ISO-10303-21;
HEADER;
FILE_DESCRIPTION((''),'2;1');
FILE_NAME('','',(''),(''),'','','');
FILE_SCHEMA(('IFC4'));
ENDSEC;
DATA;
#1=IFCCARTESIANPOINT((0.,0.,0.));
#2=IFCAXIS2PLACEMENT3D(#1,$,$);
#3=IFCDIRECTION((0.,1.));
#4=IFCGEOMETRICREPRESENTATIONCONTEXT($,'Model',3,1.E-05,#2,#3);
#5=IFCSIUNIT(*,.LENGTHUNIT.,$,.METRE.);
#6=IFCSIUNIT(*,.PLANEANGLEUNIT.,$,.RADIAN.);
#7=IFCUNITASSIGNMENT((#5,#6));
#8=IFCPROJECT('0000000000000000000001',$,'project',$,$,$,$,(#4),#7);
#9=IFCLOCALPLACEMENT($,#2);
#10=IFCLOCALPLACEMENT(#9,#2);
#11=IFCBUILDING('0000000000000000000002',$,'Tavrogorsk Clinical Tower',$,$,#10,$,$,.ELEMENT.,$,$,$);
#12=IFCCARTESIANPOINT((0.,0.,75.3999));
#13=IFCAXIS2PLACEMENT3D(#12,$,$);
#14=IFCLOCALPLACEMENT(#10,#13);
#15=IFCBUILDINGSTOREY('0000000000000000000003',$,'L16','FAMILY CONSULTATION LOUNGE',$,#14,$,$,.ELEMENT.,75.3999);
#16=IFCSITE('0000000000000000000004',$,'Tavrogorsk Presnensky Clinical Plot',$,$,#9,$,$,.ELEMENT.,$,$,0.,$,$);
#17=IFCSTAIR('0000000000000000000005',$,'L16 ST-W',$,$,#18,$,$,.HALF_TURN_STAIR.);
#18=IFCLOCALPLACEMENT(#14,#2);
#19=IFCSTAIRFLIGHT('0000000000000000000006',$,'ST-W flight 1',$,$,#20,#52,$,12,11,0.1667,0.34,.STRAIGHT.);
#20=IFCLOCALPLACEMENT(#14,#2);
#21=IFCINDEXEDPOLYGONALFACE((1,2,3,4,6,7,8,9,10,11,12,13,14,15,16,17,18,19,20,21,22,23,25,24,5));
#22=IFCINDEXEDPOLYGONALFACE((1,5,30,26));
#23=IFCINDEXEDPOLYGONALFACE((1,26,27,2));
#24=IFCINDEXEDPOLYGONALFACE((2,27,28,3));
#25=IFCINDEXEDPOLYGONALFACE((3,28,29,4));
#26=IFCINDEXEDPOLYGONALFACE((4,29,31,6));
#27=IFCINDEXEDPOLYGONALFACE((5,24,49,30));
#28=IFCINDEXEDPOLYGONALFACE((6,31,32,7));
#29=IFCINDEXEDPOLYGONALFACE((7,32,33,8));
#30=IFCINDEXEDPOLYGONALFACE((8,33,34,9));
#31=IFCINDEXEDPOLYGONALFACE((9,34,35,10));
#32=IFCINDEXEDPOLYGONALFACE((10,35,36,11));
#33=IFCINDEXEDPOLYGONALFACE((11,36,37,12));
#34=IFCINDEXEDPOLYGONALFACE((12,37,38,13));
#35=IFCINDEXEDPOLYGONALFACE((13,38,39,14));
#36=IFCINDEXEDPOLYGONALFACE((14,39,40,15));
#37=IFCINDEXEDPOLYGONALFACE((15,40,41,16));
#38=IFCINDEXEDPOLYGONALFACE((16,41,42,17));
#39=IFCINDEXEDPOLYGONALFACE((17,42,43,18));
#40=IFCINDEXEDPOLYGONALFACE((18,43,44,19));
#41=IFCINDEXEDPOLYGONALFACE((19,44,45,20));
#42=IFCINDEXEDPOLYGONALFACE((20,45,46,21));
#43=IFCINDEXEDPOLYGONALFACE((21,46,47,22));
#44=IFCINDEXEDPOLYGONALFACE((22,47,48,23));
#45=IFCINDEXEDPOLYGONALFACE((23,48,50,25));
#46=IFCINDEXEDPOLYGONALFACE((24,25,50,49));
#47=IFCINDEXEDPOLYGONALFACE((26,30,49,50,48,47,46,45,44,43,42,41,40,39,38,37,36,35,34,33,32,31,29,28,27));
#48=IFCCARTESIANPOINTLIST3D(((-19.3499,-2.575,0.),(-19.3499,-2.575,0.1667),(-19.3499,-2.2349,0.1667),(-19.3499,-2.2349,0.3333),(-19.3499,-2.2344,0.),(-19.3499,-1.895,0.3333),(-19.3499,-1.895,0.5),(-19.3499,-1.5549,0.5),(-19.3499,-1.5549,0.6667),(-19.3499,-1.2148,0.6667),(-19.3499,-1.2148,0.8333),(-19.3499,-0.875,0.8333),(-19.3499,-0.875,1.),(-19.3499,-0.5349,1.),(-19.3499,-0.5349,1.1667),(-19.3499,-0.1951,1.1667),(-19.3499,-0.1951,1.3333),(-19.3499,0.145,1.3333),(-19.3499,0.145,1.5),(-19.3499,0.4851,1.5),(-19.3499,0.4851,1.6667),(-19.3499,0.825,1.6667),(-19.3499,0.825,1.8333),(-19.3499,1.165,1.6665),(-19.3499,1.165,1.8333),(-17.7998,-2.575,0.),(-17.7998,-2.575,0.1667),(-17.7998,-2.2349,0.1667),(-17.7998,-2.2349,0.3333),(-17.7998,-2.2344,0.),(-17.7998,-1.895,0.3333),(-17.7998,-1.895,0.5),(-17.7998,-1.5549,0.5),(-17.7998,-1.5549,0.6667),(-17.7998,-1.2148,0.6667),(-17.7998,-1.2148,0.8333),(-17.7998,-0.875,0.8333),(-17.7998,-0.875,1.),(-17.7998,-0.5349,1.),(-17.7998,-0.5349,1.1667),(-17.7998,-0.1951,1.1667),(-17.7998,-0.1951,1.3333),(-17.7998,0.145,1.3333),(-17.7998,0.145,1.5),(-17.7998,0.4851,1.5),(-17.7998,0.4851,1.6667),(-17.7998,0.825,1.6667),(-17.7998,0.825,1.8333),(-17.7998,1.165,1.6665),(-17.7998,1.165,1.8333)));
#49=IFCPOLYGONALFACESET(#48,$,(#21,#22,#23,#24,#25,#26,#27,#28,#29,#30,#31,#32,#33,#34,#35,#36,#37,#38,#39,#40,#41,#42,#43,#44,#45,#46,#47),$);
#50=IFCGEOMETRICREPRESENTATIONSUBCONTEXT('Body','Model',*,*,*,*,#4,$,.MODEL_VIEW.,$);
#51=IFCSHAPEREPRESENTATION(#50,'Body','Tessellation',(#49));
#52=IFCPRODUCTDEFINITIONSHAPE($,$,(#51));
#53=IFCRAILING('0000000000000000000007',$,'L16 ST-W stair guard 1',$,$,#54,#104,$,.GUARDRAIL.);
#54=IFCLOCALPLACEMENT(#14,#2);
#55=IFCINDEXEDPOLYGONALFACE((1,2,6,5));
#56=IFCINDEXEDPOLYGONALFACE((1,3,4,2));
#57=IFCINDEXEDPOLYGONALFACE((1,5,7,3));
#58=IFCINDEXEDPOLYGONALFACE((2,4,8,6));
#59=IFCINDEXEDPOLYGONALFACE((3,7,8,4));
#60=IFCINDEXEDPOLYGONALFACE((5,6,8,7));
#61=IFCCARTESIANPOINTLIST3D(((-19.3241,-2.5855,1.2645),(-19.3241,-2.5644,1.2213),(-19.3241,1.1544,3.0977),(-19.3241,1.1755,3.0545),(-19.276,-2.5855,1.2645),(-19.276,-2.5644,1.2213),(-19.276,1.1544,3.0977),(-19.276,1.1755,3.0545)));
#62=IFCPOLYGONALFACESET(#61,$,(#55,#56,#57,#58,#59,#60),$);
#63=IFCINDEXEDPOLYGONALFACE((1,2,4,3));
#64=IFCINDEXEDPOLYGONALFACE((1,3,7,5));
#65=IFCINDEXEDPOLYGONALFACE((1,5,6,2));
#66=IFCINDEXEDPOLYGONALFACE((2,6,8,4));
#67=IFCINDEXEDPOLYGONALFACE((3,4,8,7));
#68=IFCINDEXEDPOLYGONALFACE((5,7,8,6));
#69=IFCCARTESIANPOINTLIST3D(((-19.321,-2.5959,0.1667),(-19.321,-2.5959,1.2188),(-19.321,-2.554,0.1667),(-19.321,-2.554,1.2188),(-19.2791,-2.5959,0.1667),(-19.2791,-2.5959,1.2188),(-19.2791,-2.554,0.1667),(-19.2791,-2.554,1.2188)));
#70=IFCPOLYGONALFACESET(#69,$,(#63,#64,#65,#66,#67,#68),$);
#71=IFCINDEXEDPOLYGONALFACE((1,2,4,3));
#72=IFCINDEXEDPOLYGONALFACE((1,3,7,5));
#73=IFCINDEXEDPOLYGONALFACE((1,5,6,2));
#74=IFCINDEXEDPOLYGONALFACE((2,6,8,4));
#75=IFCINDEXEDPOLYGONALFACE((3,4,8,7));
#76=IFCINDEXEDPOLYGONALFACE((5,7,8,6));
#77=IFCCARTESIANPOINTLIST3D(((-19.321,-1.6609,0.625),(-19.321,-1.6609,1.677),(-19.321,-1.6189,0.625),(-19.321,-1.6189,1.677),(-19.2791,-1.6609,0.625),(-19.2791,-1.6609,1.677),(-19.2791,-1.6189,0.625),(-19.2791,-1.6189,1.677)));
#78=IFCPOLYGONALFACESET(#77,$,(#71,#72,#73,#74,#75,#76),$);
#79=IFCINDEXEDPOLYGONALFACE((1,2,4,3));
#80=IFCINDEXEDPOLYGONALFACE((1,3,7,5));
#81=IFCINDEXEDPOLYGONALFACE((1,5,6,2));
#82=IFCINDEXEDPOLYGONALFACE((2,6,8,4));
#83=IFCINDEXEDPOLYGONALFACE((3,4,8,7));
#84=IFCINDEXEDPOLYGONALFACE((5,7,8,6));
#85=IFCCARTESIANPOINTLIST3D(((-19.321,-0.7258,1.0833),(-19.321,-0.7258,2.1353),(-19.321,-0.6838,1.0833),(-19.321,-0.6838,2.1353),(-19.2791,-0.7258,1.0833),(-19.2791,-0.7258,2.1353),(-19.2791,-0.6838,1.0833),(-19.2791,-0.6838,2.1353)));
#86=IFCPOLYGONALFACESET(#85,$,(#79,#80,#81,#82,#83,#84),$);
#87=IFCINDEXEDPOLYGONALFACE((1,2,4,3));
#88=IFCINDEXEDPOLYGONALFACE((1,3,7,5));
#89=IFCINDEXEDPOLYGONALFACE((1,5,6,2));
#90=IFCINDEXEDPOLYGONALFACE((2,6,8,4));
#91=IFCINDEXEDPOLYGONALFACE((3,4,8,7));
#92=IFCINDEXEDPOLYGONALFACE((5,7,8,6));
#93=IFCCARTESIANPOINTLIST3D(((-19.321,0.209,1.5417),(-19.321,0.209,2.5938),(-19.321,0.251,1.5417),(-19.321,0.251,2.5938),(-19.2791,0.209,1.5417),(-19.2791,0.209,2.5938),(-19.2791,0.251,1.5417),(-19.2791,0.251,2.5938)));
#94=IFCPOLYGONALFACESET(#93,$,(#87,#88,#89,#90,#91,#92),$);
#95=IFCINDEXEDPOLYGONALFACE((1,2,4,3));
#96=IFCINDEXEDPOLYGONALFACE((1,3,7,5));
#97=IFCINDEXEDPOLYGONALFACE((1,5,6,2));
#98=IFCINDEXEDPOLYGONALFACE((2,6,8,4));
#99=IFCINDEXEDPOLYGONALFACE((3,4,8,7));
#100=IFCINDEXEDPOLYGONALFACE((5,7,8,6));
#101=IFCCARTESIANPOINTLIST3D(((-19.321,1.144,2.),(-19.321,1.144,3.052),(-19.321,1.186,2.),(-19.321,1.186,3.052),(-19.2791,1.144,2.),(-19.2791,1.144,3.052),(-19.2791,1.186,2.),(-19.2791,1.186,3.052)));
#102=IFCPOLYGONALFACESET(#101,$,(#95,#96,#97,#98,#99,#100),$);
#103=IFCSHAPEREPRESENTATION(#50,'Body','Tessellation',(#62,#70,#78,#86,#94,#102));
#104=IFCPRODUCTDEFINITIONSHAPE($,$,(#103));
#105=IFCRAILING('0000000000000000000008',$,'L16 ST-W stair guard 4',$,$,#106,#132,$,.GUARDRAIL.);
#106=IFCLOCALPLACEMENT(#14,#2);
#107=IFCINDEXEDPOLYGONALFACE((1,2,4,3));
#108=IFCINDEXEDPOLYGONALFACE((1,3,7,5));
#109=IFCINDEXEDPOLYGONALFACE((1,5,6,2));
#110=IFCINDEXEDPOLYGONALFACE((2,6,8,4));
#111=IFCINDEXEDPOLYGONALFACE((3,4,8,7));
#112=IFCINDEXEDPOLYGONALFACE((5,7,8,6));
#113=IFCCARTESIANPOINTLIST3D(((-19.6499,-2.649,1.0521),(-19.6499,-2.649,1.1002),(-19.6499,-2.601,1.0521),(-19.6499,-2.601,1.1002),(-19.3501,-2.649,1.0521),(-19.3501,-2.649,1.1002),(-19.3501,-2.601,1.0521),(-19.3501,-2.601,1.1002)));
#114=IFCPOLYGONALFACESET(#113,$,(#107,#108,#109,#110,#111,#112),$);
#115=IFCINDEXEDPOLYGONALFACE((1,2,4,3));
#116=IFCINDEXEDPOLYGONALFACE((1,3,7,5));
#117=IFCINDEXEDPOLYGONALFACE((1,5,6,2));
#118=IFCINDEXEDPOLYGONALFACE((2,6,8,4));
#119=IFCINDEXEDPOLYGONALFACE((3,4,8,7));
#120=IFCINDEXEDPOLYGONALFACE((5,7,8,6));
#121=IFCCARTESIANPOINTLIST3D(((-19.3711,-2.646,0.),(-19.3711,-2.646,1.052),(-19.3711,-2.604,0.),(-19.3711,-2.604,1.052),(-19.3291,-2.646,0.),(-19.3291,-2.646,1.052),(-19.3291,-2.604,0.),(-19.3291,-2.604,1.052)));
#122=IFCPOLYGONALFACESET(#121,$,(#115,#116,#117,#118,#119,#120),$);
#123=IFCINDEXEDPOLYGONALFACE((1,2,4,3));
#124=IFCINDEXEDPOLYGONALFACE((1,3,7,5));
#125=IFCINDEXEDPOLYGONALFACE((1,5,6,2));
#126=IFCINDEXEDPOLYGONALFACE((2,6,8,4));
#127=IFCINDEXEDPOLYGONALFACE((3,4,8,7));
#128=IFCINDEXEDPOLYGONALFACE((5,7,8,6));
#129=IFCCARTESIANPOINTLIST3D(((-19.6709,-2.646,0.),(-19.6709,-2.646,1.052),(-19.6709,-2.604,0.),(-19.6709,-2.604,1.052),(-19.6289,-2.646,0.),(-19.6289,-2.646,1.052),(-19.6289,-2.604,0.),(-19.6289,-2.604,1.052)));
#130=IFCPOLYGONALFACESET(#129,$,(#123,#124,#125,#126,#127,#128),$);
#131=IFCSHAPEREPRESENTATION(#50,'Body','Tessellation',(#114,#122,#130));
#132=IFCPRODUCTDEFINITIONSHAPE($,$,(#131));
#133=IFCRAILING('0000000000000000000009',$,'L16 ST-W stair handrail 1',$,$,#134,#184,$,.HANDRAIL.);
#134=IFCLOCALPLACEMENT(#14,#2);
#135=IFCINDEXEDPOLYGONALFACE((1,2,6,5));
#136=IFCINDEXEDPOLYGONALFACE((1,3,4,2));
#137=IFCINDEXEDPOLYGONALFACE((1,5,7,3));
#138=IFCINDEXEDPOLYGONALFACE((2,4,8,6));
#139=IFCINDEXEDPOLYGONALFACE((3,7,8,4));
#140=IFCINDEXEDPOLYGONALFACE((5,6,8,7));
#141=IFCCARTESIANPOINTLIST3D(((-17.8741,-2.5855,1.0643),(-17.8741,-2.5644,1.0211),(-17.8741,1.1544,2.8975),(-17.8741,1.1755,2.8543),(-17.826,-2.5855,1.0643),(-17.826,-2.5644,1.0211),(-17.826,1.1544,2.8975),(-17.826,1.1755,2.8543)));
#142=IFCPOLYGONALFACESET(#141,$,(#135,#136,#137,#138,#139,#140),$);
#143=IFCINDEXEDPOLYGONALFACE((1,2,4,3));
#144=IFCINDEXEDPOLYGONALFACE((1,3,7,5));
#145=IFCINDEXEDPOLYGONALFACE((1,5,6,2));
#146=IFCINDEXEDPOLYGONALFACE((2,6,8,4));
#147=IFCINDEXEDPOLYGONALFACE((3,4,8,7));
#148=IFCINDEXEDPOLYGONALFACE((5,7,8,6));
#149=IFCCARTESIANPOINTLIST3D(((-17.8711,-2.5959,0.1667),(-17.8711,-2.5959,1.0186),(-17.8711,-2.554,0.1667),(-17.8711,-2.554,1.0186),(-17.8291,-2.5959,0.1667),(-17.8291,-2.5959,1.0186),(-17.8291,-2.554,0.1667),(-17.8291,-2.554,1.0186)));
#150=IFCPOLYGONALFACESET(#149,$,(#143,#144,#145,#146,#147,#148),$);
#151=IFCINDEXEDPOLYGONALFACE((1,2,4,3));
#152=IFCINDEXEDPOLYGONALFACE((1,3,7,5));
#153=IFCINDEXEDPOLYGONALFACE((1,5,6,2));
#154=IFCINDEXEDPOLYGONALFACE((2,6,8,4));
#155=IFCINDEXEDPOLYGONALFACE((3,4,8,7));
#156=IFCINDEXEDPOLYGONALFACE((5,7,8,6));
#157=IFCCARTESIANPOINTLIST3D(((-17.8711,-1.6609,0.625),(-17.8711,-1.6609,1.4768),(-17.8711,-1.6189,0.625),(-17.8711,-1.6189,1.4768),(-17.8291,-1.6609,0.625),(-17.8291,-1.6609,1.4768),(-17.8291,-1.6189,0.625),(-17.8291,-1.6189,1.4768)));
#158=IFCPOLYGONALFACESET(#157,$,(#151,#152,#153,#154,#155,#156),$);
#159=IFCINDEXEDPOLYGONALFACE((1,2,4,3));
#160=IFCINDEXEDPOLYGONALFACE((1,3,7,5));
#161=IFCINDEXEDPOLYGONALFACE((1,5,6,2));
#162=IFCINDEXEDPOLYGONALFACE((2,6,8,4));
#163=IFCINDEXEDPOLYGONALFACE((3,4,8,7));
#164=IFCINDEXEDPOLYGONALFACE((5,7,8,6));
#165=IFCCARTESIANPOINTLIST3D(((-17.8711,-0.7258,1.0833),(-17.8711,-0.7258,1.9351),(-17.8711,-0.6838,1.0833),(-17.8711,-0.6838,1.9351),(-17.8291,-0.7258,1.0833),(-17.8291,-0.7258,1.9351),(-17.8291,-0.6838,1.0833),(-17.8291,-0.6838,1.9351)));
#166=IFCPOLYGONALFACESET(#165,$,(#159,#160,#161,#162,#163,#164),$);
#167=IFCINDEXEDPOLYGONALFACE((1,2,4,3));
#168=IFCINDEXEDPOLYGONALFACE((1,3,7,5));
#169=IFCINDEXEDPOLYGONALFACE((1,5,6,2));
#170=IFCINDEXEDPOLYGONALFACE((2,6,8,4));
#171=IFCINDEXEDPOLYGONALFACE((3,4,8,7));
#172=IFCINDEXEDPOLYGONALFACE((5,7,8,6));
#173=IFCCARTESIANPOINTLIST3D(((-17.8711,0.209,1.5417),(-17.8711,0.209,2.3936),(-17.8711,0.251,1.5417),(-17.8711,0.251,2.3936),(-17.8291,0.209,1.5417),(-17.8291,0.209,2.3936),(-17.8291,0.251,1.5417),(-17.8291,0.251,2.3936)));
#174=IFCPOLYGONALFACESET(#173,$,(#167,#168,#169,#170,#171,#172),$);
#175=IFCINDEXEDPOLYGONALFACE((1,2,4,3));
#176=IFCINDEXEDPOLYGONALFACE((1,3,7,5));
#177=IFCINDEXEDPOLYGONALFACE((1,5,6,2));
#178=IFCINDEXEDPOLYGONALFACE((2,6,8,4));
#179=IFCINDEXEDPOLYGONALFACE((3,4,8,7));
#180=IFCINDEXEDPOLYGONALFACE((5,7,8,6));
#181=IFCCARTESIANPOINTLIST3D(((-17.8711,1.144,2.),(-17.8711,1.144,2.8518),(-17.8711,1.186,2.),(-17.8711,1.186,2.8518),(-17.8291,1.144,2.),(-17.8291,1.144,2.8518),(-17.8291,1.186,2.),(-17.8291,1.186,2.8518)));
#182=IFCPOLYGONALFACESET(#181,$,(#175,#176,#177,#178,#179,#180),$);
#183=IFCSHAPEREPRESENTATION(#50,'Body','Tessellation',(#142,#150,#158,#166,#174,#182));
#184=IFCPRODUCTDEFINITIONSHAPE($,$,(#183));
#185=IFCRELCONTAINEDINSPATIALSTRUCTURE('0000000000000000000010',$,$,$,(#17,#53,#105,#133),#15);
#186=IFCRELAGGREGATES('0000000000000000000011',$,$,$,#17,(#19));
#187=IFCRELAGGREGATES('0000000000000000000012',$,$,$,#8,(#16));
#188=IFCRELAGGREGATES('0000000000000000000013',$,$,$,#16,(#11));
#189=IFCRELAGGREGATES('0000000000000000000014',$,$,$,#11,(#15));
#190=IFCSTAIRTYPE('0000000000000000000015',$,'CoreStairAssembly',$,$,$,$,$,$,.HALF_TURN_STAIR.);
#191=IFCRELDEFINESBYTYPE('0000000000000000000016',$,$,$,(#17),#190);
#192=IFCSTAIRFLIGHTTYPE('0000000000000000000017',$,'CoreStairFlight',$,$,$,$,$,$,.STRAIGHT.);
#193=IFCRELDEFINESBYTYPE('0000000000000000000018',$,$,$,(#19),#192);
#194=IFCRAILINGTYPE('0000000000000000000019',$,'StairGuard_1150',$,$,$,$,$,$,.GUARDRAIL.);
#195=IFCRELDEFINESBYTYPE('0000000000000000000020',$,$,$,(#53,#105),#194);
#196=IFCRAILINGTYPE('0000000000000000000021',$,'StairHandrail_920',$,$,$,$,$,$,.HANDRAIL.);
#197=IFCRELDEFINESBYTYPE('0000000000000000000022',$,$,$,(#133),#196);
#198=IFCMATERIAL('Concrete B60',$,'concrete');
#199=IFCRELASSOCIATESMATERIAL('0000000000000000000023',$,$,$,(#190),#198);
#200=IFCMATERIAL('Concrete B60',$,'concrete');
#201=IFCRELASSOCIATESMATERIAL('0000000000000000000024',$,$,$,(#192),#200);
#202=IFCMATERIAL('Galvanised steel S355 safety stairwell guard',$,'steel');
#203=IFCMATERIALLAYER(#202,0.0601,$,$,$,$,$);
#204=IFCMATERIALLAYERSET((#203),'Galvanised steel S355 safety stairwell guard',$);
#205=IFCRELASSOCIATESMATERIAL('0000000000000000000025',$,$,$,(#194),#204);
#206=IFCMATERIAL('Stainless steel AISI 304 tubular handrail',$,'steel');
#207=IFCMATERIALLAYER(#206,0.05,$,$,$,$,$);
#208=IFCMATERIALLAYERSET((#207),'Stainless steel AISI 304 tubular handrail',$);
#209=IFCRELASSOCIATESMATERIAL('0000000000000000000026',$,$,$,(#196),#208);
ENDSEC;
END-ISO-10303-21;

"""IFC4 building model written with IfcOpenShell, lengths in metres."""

from ifc_helpers import new_model, si_unit, direction, frame, origin, origin_2d, place, context, subcontext, project, spatial, polyline, rectangle, outline, extrude, material, layer, layer_set, type_object, element, aggregate, save


model = new_model("IFC4")

# Units and contexts
model_context = context("Model", 3, precision=1e-05, world=origin(), true_north=direction((0.0, 1.0)))
body_context = subcontext(model_context, "Body", "Model", "MODEL_VIEW")
ifc_project = project(units=[si_unit("LENGTHUNIT", "METRE"), si_unit("PLANEANGLEUNIT", "RADIAN")], contexts=[model_context])

# Site, building, storey
site_placement = place(None, origin())
site = spatial("IfcSite", under=ifc_project, at=site_placement, Name="Tavrogorsk Presnensky Clinical Plot", CompositionType="ELEMENT", RefElevation=0.0)
building_placement = place(site_placement, origin())
building = spatial("IfcBuilding", under=site, at=building_placement, Name="Tavrogorsk Clinical Tower", CompositionType="ELEMENT")
storey_placement = place(building_placement, frame((0.0, 0.0, 75.3999)))
storey = spatial("IfcBuildingStorey", under=building, at=storey_placement, Name="L16", Description="FAMILY CONSULTATION LOUNGE", CompositionType="ELEMENT", Elevation=75.3999)

# Stair, stair flight
ifc_material_1 = material(Name="Concrete B60", Category="concrete")
stair_type = type_object("IfcStairType", Name="CoreStairAssembly", PredefinedType="HALF_TURN_STAIR", material=ifc_material_1)
stair_placement = place(storey_placement, origin())
stair = element("IfcStair", 1, at=stair_placement, inside=storey, type_object=stair_type, Name="L16 ST-W", PredefinedType="HALF_TURN_STAIR")
ifc_material_2 = material(Name="Concrete B60", Category="concrete")
stair_flight_type = type_object("IfcStairFlightType", Name="CoreStairFlight", PredefinedType="STRAIGHT", material=ifc_material_2)
stair_flight_placement = place(storey_placement, frame((-18.575, -2.575, 0.0), z_axis=(0.0, 0.0, 1.0), x_axis=(0.0, 1.0, 0.0)))
stair_flight = element("IfcStairFlight", 2, at=stair_flight_placement, type_object=stair_flight_type, Name="ST-W flight 1", NumberOfRisers=12, NumberOfTreads=11, PredefinedType="STRAIGHT", RiserHeight=0.1667, TreadLength=0.34, context=body_context, shape_type="SweptSolid", body=[
    extrude(outline(polyline([(0.0, 0.0), (0.0, 0.1667), (0.3401, 0.1667), (0.3401, 0.3333), (0.6799, 0.3333), (0.6799, 0.5), (1.02, 0.5), (1.02, 0.6667), (1.3601, 0.6667), (1.3601, 0.8333), (1.7, 0.8333), (1.7, 1.0), (2.04, 1.0), (2.04, 1.1667), (2.3799, 1.1667), (2.3799, 1.3333), (2.72, 1.3333), (2.72, 1.5), (3.0601, 1.5), (3.0601, 1.6667), (3.3999, 1.6667), (3.3999, 1.8333), (3.74, 1.8333), (3.74, 2.0), (3.74, 1.6665), (0.3406, 0.0), (0.0, 0.0)])), frame((0.0, 0.7749, 0.0), z_axis=(0.0, -1.0, 0.0), x_axis=(1.0, 0.0, 0.0)), (0.0, 0.0, 1.0), 1.55),
])
aggregate(stair, [stair_flight])

# Railings
ifc_material_3 = material(Name="Galvanised steel S355 safety stairwell guard", Category="steel")
ifc_layer_1 = layer(ifc_material_3, 0.0601)
ifc_layer_set_1 = layer_set([ifc_layer_1], Name="Galvanised steel S355 safety stairwell guard")
railing_type_1 = type_object("IfcRailingType", Name="StairGuard_1150", PredefinedType="GUARDRAIL", material=ifc_layer_set_1)
railing_1_placement = place(storey_placement, frame((-19.3, -2.575, 0.1667)))
element("IfcRailing", 3, at=railing_1_placement, inside=storey, type_object=railing_type_1, Name="L16 ST-W stair guard 1", PredefinedType="GUARDRAIL", context=body_context, shape_type="SweptSolid", body=[
    extrude(rectangle(XDim=0.0481, YDim=0.0481, at=origin_2d()), frame((0.0, 0.0, 1.0762), z_axis=(0.0, 0.897928, 0.440142), x_axis=(-1.0, 0.0, 0.0)), (0.0, 0.0, 1.0), 4.165),
    extrude(rectangle(XDim=0.042, YDim=0.042, at=origin_2d()), origin(), (0.0, 0.0, 1.0), 1.052),
    extrude(rectangle(XDim=0.042, YDim=0.042, at=origin_2d()), frame((0.0, 0.9351, 0.4583)), (0.0, 0.0, 1.0), 1.052),
    extrude(rectangle(XDim=0.042, YDim=0.042, at=origin_2d()), frame((0.0, 1.8701, 0.9165)), (0.0, 0.0, 1.0), 1.052),
    extrude(rectangle(XDim=0.042, YDim=0.042, at=origin_2d()), frame((0.0, 2.8049, 1.375)), (0.0, 0.0, 1.0), 1.052),
    extrude(rectangle(XDim=0.042, YDim=0.042, at=origin_2d()), frame((0.0, 3.74, 1.8333)), (0.0, 0.0, 1.0), 1.052),
])
railing_2_placement = place(storey_placement, frame((-19.3501, -2.625, 0.0)))
element("IfcRailing", 4, at=railing_2_placement, inside=storey, type_object=railing_type_1, Name="L16 ST-W stair guard 4", PredefinedType="GUARDRAIL", context=body_context, shape_type="SweptSolid", body=[
    extrude(rectangle(XDim=0.0481, YDim=0.0481, at=origin_2d()), frame((0.0, 0.0, 1.0762), z_axis=(-1.0, 0.0, 0.0), x_axis=(0.0, -1.0, 0.0)), (0.0, 0.0, 1.0), 0.2998),
    extrude(rectangle(XDim=0.042, YDim=0.042, at=origin_2d()), origin(), (0.0, 0.0, 1.0), 1.052),
    extrude(rectangle(XDim=0.042, YDim=0.042, at=origin_2d()), frame((-0.2998, 0.0, 0.0)), (0.0, 0.0, 1.0), 1.052),
])
ifc_material_4 = material(Name="Stainless steel AISI 304 tubular handrail", Category="steel")
ifc_layer_2 = layer(ifc_material_4, 0.05)
ifc_layer_set_2 = layer_set([ifc_layer_2], Name="Stainless steel AISI 304 tubular handrail")
railing_type_2 = type_object("IfcRailingType", Name="StairHandrail_920", PredefinedType="HANDRAIL", material=ifc_layer_set_2)
railing_3_placement = place(storey_placement, frame((-17.8501, -2.575, 0.1667)))
element("IfcRailing", 5, at=railing_3_placement, inside=storey, type_object=railing_type_2, Name="L16 ST-W stair handrail 1", PredefinedType="HANDRAIL", context=body_context, shape_type="SweptSolid", body=[
    extrude(rectangle(XDim=0.0481, YDim=0.0481, at=origin_2d()), frame((0.0, 0.0, 0.876), z_axis=(0.0, 0.897928, 0.440142), x_axis=(-1.0, 0.0, 0.0)), (0.0, 0.0, 1.0), 4.165),
    extrude(rectangle(XDim=0.042, YDim=0.042, at=origin_2d()), origin(), (0.0, 0.0, 1.0), 0.8518),
    extrude(rectangle(XDim=0.042, YDim=0.042, at=origin_2d()), frame((0.0, 0.9351, 0.4583)), (0.0, 0.0, 1.0), 0.8518),
    extrude(rectangle(XDim=0.042, YDim=0.042, at=origin_2d()), frame((0.0, 1.8701, 0.9165)), (0.0, 0.0, 1.0), 0.8518),
    extrude(rectangle(XDim=0.042, YDim=0.042, at=origin_2d()), frame((0.0, 2.8049, 1.375)), (0.0, 0.0, 1.0), 0.8518),
    extrude(rectangle(XDim=0.042, YDim=0.042, at=origin_2d()), frame((0.0, 3.74, 1.8333)), (0.0, 0.0, 1.0), 0.8518),
])

save(model, "model.ifc")
